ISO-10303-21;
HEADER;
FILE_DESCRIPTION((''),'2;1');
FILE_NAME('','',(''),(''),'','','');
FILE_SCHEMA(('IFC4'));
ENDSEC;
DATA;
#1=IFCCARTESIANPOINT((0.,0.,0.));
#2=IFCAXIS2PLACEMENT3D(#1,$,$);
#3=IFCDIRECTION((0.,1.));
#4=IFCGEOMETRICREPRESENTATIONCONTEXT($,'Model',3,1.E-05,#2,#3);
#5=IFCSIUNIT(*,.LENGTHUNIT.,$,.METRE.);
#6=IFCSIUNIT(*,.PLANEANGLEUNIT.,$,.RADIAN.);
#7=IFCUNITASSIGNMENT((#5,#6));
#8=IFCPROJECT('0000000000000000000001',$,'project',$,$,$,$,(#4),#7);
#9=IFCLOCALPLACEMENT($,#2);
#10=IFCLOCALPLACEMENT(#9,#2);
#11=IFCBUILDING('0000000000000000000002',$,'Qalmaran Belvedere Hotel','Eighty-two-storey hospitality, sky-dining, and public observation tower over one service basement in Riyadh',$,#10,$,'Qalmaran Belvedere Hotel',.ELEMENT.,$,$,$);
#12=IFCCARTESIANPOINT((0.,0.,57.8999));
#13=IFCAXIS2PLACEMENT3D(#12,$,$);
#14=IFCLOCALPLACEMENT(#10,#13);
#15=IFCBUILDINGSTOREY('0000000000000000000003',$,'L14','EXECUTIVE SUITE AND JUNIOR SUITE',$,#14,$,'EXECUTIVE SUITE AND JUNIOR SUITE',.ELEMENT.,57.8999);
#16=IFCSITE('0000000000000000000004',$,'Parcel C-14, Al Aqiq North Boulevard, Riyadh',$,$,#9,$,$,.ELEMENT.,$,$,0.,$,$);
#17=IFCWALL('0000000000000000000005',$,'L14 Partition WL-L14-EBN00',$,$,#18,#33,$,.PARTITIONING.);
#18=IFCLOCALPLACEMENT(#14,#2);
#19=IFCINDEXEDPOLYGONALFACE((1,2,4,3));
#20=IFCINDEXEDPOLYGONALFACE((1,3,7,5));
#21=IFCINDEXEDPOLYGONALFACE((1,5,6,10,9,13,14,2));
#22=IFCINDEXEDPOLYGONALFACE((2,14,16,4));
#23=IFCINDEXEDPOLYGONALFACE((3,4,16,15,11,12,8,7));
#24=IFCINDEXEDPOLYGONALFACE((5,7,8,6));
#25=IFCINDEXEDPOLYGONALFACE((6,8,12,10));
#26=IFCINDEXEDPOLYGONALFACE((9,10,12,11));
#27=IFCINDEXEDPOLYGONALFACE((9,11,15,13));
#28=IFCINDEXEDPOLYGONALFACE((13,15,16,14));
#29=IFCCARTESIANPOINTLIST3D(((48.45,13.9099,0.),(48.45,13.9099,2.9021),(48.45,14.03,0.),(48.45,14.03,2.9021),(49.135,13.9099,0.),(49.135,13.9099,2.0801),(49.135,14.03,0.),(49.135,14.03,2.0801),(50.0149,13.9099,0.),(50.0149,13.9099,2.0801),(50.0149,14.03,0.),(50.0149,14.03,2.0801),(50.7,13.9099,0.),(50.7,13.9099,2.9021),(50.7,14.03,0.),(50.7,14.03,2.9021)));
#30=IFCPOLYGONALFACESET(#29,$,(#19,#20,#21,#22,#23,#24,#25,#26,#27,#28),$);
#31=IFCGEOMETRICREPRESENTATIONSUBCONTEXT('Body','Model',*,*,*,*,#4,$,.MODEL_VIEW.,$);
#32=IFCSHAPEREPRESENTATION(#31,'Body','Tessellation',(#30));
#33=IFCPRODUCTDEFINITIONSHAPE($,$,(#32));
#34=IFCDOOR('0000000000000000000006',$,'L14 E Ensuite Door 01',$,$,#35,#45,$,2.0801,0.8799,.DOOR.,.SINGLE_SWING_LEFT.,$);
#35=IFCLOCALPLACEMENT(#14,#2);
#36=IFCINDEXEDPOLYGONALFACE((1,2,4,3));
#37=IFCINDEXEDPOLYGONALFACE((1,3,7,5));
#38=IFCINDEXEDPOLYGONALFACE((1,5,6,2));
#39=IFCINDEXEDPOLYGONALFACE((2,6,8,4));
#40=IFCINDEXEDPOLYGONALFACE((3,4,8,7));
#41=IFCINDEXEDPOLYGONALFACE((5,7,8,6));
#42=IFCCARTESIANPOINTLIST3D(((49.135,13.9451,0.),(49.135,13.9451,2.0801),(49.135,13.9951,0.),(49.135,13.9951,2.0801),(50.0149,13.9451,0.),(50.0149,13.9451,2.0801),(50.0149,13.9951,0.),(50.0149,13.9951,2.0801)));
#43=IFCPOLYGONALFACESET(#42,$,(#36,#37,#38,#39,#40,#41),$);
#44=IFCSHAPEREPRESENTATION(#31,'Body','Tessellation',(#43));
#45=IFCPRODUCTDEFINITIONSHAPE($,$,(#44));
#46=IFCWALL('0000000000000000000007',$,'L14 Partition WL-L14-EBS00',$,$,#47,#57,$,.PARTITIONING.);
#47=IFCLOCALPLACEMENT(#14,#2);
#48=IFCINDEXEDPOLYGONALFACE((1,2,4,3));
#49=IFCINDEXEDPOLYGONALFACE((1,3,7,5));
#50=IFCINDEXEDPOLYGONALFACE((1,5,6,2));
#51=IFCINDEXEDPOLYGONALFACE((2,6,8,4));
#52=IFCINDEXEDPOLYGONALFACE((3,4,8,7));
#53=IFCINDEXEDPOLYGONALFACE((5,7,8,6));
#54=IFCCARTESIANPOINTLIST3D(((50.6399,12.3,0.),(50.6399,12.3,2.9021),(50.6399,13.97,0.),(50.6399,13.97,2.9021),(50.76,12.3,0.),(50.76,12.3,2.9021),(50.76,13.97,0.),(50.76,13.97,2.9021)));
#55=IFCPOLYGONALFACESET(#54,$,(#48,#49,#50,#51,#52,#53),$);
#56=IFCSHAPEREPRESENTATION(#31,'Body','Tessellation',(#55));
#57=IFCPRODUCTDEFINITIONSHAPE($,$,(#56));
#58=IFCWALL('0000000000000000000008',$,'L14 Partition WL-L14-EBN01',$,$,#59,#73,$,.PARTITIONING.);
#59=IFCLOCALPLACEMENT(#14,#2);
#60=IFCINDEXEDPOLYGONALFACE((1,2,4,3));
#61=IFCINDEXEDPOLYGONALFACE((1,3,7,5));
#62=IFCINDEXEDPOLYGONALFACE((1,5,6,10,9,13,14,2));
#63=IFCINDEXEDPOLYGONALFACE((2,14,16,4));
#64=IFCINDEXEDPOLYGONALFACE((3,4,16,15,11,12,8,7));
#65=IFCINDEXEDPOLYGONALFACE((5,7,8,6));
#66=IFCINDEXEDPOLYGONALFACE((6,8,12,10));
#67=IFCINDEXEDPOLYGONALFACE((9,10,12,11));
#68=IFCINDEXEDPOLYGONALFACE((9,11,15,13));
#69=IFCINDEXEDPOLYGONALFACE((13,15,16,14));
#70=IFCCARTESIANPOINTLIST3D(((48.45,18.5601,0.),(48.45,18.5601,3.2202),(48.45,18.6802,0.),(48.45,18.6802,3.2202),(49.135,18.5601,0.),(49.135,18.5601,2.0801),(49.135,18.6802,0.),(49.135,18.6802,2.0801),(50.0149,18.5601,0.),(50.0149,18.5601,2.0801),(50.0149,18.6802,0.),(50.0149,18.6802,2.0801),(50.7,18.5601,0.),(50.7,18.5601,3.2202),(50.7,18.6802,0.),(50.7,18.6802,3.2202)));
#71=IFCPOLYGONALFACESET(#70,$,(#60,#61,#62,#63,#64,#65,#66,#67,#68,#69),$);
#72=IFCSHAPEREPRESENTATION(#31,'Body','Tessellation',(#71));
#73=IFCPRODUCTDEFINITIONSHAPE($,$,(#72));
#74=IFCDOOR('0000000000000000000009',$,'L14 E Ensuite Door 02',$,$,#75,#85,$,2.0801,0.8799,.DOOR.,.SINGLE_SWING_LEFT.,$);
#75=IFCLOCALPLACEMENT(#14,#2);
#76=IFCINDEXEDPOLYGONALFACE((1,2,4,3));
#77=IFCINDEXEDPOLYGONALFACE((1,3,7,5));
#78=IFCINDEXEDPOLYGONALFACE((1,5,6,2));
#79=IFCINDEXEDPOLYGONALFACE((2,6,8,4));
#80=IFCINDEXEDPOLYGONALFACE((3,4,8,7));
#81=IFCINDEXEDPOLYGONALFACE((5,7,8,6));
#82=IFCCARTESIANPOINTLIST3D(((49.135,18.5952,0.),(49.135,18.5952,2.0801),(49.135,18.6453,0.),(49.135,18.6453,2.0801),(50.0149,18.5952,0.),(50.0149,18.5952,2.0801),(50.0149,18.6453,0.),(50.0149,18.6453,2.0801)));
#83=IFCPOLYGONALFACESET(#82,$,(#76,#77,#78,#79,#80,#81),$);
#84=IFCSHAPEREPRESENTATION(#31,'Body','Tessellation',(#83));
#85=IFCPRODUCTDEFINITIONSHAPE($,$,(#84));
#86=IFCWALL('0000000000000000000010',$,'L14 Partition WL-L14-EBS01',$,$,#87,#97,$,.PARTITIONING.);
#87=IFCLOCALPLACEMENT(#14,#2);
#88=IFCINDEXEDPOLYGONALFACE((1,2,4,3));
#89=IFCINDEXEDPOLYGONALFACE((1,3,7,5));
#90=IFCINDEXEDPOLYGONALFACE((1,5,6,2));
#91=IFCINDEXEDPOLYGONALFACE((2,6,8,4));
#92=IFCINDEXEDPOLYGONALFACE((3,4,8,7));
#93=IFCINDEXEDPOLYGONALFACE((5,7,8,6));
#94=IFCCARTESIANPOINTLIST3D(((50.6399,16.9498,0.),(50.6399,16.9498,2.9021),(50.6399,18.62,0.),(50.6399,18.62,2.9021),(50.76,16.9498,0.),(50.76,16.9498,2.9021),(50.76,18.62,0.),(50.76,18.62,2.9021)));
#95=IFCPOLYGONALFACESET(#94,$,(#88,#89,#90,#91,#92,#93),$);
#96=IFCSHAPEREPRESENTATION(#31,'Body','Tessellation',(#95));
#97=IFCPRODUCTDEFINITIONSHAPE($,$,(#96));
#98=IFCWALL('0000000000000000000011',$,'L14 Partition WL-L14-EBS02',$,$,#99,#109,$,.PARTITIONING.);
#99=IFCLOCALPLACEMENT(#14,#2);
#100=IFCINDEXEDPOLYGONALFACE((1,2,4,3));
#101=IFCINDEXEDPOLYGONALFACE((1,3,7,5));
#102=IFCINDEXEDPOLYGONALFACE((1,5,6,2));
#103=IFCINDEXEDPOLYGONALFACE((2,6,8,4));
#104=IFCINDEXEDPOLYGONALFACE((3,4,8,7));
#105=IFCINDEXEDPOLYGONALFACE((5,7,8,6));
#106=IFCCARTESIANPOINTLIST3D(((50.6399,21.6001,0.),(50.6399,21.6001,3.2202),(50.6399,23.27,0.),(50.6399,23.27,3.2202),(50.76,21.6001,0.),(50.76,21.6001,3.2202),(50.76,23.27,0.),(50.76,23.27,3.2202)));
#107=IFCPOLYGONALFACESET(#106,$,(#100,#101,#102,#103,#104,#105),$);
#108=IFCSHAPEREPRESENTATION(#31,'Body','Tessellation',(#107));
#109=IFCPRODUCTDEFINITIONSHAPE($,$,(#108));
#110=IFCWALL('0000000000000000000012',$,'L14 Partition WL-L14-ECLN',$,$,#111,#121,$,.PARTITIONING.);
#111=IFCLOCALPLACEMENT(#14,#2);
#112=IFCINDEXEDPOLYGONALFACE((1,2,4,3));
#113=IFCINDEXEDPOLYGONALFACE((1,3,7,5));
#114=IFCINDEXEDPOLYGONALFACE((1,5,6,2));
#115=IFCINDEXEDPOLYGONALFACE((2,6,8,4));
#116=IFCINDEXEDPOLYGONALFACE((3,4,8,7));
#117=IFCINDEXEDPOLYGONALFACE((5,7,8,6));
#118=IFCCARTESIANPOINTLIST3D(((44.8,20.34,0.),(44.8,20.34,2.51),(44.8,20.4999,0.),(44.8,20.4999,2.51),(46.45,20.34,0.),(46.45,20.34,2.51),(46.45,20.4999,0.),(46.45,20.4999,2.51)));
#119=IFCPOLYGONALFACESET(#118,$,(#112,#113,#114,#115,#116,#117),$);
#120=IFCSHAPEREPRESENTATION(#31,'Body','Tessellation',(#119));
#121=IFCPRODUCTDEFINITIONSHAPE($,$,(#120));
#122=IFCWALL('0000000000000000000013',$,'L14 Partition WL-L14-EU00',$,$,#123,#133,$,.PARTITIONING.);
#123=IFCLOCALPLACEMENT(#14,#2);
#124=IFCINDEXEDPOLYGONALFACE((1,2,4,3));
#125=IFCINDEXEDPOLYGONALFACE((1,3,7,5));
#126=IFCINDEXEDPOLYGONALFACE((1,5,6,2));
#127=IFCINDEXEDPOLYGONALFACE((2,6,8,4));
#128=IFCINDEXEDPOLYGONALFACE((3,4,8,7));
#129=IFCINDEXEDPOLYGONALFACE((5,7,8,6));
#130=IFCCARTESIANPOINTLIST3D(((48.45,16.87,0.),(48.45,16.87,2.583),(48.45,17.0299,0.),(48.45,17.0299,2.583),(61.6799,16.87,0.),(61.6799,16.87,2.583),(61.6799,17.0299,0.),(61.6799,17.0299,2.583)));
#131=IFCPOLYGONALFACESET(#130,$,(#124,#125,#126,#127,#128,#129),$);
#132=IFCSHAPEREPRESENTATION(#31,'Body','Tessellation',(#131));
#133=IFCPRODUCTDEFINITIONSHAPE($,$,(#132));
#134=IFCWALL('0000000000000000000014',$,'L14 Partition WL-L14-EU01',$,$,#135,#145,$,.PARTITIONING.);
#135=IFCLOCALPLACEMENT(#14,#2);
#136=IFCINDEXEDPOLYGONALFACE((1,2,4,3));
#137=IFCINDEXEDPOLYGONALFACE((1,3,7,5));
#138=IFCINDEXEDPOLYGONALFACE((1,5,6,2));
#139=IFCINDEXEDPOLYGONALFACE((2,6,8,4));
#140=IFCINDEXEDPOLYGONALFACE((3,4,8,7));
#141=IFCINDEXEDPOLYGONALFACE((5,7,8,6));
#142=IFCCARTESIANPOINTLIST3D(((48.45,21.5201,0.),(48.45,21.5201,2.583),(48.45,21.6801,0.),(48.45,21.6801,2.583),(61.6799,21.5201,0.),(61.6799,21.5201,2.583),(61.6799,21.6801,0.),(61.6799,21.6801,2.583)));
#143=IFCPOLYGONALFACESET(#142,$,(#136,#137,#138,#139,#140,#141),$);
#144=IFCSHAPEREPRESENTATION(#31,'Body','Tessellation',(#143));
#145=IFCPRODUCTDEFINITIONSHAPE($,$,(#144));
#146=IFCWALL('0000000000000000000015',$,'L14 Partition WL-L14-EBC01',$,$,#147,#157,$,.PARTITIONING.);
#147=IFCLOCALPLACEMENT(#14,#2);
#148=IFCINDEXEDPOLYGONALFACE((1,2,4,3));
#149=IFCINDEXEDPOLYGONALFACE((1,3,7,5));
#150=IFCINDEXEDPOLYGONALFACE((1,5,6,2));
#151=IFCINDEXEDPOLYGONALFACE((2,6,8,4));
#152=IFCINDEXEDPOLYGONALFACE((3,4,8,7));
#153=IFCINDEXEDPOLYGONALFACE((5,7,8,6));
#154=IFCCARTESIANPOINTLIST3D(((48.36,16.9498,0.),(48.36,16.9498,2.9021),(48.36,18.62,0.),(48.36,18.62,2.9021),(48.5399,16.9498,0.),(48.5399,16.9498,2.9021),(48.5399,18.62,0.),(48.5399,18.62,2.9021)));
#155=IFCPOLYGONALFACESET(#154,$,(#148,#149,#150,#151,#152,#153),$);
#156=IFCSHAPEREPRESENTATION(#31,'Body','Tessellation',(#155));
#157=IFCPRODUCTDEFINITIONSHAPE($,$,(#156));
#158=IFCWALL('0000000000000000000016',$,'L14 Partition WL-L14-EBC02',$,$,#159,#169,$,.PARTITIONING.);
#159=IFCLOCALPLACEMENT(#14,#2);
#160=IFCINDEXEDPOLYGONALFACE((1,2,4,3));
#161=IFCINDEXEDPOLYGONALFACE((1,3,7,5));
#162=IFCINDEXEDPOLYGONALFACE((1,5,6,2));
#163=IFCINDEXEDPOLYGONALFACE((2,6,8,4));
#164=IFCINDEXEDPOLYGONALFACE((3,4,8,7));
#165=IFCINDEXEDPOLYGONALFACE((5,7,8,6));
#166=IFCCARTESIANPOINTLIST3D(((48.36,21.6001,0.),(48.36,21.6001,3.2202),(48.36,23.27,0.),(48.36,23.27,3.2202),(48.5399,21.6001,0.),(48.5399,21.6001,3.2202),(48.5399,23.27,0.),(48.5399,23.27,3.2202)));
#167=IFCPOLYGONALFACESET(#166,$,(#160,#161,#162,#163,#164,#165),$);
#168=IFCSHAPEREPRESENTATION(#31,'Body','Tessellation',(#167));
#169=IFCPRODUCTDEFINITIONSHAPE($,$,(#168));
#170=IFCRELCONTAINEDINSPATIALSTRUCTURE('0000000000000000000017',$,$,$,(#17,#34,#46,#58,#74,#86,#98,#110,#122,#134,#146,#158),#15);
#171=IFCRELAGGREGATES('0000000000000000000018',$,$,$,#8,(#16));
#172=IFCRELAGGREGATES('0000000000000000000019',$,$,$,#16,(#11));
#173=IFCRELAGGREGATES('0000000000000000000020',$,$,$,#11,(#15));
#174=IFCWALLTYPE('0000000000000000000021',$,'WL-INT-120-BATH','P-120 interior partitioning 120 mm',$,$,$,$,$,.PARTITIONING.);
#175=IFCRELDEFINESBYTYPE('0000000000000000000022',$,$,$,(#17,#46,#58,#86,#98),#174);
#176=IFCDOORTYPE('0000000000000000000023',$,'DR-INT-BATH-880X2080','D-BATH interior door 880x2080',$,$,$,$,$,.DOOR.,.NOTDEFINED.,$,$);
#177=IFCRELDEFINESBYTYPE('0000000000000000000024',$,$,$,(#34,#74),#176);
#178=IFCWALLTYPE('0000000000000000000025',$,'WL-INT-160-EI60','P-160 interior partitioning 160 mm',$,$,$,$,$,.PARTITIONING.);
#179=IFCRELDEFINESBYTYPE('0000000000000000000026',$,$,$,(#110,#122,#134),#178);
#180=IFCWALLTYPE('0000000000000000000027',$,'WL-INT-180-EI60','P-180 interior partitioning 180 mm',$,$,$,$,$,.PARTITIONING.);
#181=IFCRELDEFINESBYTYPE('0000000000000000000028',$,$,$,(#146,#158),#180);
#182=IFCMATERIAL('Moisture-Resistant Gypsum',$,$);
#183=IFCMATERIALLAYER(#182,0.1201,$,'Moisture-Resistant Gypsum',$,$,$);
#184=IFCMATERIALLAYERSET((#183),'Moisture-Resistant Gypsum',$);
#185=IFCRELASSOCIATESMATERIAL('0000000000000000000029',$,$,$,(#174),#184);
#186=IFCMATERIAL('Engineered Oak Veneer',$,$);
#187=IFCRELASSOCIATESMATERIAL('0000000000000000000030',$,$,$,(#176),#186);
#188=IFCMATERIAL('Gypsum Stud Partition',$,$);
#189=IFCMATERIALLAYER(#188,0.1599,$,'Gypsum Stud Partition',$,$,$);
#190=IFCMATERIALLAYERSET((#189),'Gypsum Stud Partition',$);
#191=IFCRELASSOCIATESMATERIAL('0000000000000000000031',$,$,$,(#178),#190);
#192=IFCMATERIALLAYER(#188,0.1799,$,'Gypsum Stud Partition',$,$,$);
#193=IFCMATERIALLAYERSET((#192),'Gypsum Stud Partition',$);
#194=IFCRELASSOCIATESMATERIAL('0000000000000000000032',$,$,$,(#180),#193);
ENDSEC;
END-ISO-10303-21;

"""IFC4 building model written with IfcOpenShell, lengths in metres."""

from ifc_helpers import new_model, si_unit, direction, frame, frame_2d, origin, place, context, subcontext, project, spatial, rectangle, extrude, material, layer, layer_set, type_object, element, fill, save


model = new_model("IFC4")

# Units and contexts
model_context = context("Model", 3, precision=1e-05, world=origin(), true_north=direction((0.0, 1.0)))
body_context = subcontext(model_context, "Body", "Model", "MODEL_VIEW")
ifc_project = project(units=[si_unit("LENGTHUNIT", "METRE"), si_unit("PLANEANGLEUNIT", "RADIAN")], contexts=[model_context])

# Site, building, storey
site_placement = place(None, origin())
site = spatial("IfcSite", under=ifc_project, at=site_placement, Name="Parcel C-14, Al Aqiq North Boulevard, Riyadh", CompositionType="ELEMENT", RefElevation=0.0)
building_placement = place(site_placement, origin())
building = spatial("IfcBuilding", under=site, at=building_placement, Name="Qalmaran Belvedere Hotel", Description="Eighty-two-storey hospitality, sky-dining, and public observation tower over one service basement in Riyadh", LongName="Qalmaran Belvedere Hotel", CompositionType="ELEMENT")
storey_placement = place(building_placement, frame((0.0, 0.0, 57.8999)))
storey = spatial("IfcBuildingStorey", under=building, at=storey_placement, Name="L14", Description="EXECUTIVE SUITE AND JUNIOR SUITE", LongName="EXECUTIVE SUITE AND JUNIOR SUITE", CompositionType="ELEMENT", Elevation=57.8999)

# Wall, opening, door
ifc_material_1 = material(Name="Moisture-Resistant Gypsum")
ifc_layer_1 = layer(ifc_material_1, 0.1201, Name="Moisture-Resistant Gypsum")
ifc_layer_set_1 = layer_set([ifc_layer_1], Name="Moisture-Resistant Gypsum")
wall_type_1 = type_object("IfcWallType", Name="WL-INT-120-BATH", Description="P-120 interior partitioning 120 mm", PredefinedType="PARTITIONING", material=ifc_layer_set_1)
wall_1_placement = place(storey_placement, frame((48.45, 13.97, 0.0), z_axis=(0.0, 0.0, 1.0), x_axis=(1.0, 0.0, 0.0)))
wall_1 = element("IfcWall", 1, at=wall_1_placement, inside=storey, type_object=wall_type_1, Name="L14 Partition WL-L14-EBN00", PredefinedType="PARTITIONING", context=body_context, shape_type="SweptSolid", body=[
    extrude(rectangle(XDim=2.25, YDim=0.1201, at=frame_2d((1.125, 0.0))), origin(), (0.0, 0.0, 1.0), 2.9021),
])
opening_1_placement = place(wall_1_placement, frame((1.5649, 0.0, 0.0), z_axis=(0.0, 0.0, 1.0), x_axis=(-1.0, 0.0, 0.0)))
opening_1 = element("IfcOpeningElement", 2, at=opening_1_placement, cuts=wall_1, PredefinedType="OPENING", context=body_context, shape_type="SweptSolid", body=[
    extrude(rectangle(XDim=0.8799, YDim=2.0801, at=frame_2d((0.4399, 1.04))), frame((0.0, 0.0701, 0.0), z_axis=(0.0, -1.0, 0.0), x_axis=(1.0, 0.0, 0.0)), (0.0, 0.0, 1.0), 0.1401),
])
ifc_material_2 = material(Name="Engineered Oak Veneer")
door_type_1 = type_object("IfcDoorType", Name="DR-INT-BATH-880X2080", Description="D-BATH interior door 880x2080", OperationType="NOTDEFINED", PredefinedType="DOOR", material=ifc_material_2)
door_1_placement = place(opening_1_placement, origin())
door_1 = element("IfcDoor", 3, at=door_1_placement, inside=storey, type_object=door_type_1, Name="L14 E Ensuite Door 01", OperationType="SINGLE_SWING_LEFT", OverallHeight=2.0801, OverallWidth=0.8799, PredefinedType="DOOR", context=body_context, shape_type="SweptSolid", body=[
    extrude(rectangle(XDim=0.8799, YDim=2.0801, at=frame_2d((0.4399, 1.04))), frame((0.0, 0.0249, 0.0), z_axis=(0.0, -1.0, 0.0), x_axis=(1.0, 0.0, 0.0)), (0.0, 0.0, 1.0), 0.05),
])
fill(opening_1, door_1)

# Wall
wall_2_placement = place(storey_placement, frame((50.7, 12.3, 0.0), z_axis=(0.0, 0.0, 1.0), x_axis=(0.0, 1.0, 0.0)))
element("IfcWall", 4, at=wall_2_placement, inside=storey, type_object=wall_type_1, Name="L14 Partition WL-L14-EBS00", PredefinedType="PARTITIONING", context=body_context, shape_type="SweptSolid", body=[
    extrude(rectangle(XDim=1.6699, YDim=0.1201, at=frame_2d((0.835, 0.0))), origin(), (0.0, 0.0, 1.0), 2.9021),
])

# Wall, opening, door
wall_3_placement = place(storey_placement, frame((48.45, 18.6201, 0.0), z_axis=(0.0, 0.0, 1.0), x_axis=(1.0, 0.0, 0.0)))
wall_3 = element("IfcWall", 5, at=wall_3_placement, inside=storey, type_object=wall_type_1, Name="L14 Partition WL-L14-EBN01", PredefinedType="PARTITIONING", context=body_context, shape_type="SweptSolid", body=[
    extrude(rectangle(XDim=2.25, YDim=0.1201, at=frame_2d((1.125, 0.0))), origin(), (0.0, 0.0, 1.0), 3.2202),
])
opening_2_placement = place(wall_3_placement, frame((1.5649, 0.0, 0.0), z_axis=(0.0, 0.0, 1.0), x_axis=(-1.0, 0.0, 0.0)))
opening_2 = element("IfcOpeningElement", 6, at=opening_2_placement, cuts=wall_3, PredefinedType="OPENING", context=body_context, shape_type="SweptSolid", body=[
    extrude(rectangle(XDim=0.8799, YDim=2.0801, at=frame_2d((0.4399, 1.04))), frame((0.0, 0.0701, 0.0), z_axis=(0.0, -1.0, 0.0), x_axis=(1.0, 0.0, 0.0)), (0.0, 0.0, 1.0), 0.1401),
])
door_2_placement = place(opening_2_placement, origin())
door_2 = element("IfcDoor", 7, at=door_2_placement, inside=storey, type_object=door_type_1, Name="L14 E Ensuite Door 02", OperationType="SINGLE_SWING_LEFT", OverallHeight=2.0801, OverallWidth=0.8799, PredefinedType="DOOR", context=body_context, shape_type="SweptSolid", body=[
    extrude(rectangle(XDim=0.8799, YDim=2.0801, at=frame_2d((0.4399, 1.04))), frame((0.0, 0.0249, 0.0), z_axis=(0.0, -1.0, 0.0), x_axis=(1.0, 0.0, 0.0)), (0.0, 0.0, 1.0), 0.05),
])
fill(opening_2, door_2)

# Walls
wall_4_placement = place(storey_placement, frame((50.7, 16.95, 0.0), z_axis=(0.0, 0.0, 1.0), x_axis=(0.0, 1.0, 0.0)))
element("IfcWall", 8, at=wall_4_placement, inside=storey, type_object=wall_type_1, Name="L14 Partition WL-L14-EBS01", PredefinedType="PARTITIONING", context=body_context, shape_type="SweptSolid", body=[
    extrude(rectangle(XDim=1.6702, YDim=0.1201, at=frame_2d((0.835, 0.0))), origin(), (0.0, 0.0, 1.0), 2.9021),
])
wall_5_placement = place(storey_placement, frame((50.7, 21.6001, 0.0), z_axis=(0.0, 0.0, 1.0), x_axis=(0.0, 1.0, 0.0)))
element("IfcWall", 9, at=wall_5_placement, inside=storey, type_object=wall_type_1, Name="L14 Partition WL-L14-EBS02", PredefinedType="PARTITIONING", context=body_context, shape_type="SweptSolid", body=[
    extrude(rectangle(XDim=1.6699, YDim=0.1201, at=frame_2d((0.835, 0.0))), origin(), (0.0, 0.0, 1.0), 3.2202),
])
ifc_material_3 = material(Name="Gypsum Stud Partition")
ifc_layer_2 = layer(ifc_material_3, 0.1599, Name="Gypsum Stud Partition")
ifc_layer_set_2 = layer_set([ifc_layer_2], Name="Gypsum Stud Partition")
wall_type_2 = type_object("IfcWallType", Name="WL-INT-160-EI60", Description="P-160 interior partitioning 160 mm", PredefinedType="PARTITIONING", material=ifc_layer_set_2)
wall_6_placement = place(storey_placement, frame((44.8, 20.4199, 0.0), z_axis=(0.0, 0.0, 1.0), x_axis=(1.0, 0.0, 0.0)))
element("IfcWall", 10, at=wall_6_placement, inside=storey, type_object=wall_type_2, Name="L14 Partition WL-L14-ECLN", PredefinedType="PARTITIONING", context=body_context, shape_type="SweptSolid", body=[
    extrude(rectangle(XDim=1.6499, YDim=0.1599, at=frame_2d((0.825, 0.0))), origin(), (0.0, 0.0, 1.0), 2.51),
])
for number, where, z_axis, x_axis, name in (
    (11, (48.45, 16.95, 0.0), (0.0, 0.0, 1.0), (1.0, 0.0, 0.0), "L14 Partition WL-L14-EU00"),
    (12, (48.45, 21.6001, 0.0), (0.0, 0.0, 1.0), (1.0, 0.0, 0.0), "L14 Partition WL-L14-EU01"),
):
    element("IfcWall", number, at=place(storey_placement, frame(where, z_axis=z_axis, x_axis=x_axis)), inside=storey, type_object=wall_type_2, Name=name, PredefinedType="PARTITIONING", context=body_context, shape_type="SweptSolid", body=[
        extrude(rectangle(XDim=13.23, YDim=0.1599, at=frame_2d((6.615, 0.0))), origin(), (0.0, 0.0, 1.0), 2.583),
    ])

# Shared definitions
ifc_layer_3 = layer(ifc_material_3, 0.1799, Name="Gypsum Stud Partition")
ifc_layer_set_3 = layer_set([ifc_layer_3], Name="Gypsum Stud Partition")
wall_type_3 = type_object("IfcWallType", Name="WL-INT-180-EI60", Description="P-180 interior partitioning 180 mm", PredefinedType="PARTITIONING", material=ifc_layer_set_3)

# Wall
wall_7_placement = place(storey_placement, frame((48.45, 16.95, 0.0), z_axis=(0.0, 0.0, 1.0), x_axis=(0.0, 1.0, 0.0)))
element("IfcWall", 13, at=wall_7_placement, inside=storey, type_object=wall_type_3, Name="L14 Partition WL-L14-EBC01", PredefinedType="PARTITIONING", context=body_context, shape_type="SweptSolid", body=[
    extrude(rectangle(XDim=1.6702, YDim=0.1799, at=frame_2d((0.835, 0.0))), origin(), (0.0, 0.0, 1.0), 2.9021),
])

# Wall
wall_8_placement = place(storey_placement, frame((48.45, 21.6001, 0.0), z_axis=(0.0, 0.0, 1.0), x_axis=(0.0, 1.0, 0.0)))
element("IfcWall", 14, at=wall_8_placement, inside=storey, type_object=wall_type_3, Name="L14 Partition WL-L14-EBC02", PredefinedType="PARTITIONING", context=body_context, shape_type="SweptSolid", body=[
    extrude(rectangle(XDim=1.6699, YDim=0.1799, at=frame_2d((0.835, 0.0))), origin(), (0.0, 0.0, 1.0), 3.2202),
])

save(model, "model.ifc")
